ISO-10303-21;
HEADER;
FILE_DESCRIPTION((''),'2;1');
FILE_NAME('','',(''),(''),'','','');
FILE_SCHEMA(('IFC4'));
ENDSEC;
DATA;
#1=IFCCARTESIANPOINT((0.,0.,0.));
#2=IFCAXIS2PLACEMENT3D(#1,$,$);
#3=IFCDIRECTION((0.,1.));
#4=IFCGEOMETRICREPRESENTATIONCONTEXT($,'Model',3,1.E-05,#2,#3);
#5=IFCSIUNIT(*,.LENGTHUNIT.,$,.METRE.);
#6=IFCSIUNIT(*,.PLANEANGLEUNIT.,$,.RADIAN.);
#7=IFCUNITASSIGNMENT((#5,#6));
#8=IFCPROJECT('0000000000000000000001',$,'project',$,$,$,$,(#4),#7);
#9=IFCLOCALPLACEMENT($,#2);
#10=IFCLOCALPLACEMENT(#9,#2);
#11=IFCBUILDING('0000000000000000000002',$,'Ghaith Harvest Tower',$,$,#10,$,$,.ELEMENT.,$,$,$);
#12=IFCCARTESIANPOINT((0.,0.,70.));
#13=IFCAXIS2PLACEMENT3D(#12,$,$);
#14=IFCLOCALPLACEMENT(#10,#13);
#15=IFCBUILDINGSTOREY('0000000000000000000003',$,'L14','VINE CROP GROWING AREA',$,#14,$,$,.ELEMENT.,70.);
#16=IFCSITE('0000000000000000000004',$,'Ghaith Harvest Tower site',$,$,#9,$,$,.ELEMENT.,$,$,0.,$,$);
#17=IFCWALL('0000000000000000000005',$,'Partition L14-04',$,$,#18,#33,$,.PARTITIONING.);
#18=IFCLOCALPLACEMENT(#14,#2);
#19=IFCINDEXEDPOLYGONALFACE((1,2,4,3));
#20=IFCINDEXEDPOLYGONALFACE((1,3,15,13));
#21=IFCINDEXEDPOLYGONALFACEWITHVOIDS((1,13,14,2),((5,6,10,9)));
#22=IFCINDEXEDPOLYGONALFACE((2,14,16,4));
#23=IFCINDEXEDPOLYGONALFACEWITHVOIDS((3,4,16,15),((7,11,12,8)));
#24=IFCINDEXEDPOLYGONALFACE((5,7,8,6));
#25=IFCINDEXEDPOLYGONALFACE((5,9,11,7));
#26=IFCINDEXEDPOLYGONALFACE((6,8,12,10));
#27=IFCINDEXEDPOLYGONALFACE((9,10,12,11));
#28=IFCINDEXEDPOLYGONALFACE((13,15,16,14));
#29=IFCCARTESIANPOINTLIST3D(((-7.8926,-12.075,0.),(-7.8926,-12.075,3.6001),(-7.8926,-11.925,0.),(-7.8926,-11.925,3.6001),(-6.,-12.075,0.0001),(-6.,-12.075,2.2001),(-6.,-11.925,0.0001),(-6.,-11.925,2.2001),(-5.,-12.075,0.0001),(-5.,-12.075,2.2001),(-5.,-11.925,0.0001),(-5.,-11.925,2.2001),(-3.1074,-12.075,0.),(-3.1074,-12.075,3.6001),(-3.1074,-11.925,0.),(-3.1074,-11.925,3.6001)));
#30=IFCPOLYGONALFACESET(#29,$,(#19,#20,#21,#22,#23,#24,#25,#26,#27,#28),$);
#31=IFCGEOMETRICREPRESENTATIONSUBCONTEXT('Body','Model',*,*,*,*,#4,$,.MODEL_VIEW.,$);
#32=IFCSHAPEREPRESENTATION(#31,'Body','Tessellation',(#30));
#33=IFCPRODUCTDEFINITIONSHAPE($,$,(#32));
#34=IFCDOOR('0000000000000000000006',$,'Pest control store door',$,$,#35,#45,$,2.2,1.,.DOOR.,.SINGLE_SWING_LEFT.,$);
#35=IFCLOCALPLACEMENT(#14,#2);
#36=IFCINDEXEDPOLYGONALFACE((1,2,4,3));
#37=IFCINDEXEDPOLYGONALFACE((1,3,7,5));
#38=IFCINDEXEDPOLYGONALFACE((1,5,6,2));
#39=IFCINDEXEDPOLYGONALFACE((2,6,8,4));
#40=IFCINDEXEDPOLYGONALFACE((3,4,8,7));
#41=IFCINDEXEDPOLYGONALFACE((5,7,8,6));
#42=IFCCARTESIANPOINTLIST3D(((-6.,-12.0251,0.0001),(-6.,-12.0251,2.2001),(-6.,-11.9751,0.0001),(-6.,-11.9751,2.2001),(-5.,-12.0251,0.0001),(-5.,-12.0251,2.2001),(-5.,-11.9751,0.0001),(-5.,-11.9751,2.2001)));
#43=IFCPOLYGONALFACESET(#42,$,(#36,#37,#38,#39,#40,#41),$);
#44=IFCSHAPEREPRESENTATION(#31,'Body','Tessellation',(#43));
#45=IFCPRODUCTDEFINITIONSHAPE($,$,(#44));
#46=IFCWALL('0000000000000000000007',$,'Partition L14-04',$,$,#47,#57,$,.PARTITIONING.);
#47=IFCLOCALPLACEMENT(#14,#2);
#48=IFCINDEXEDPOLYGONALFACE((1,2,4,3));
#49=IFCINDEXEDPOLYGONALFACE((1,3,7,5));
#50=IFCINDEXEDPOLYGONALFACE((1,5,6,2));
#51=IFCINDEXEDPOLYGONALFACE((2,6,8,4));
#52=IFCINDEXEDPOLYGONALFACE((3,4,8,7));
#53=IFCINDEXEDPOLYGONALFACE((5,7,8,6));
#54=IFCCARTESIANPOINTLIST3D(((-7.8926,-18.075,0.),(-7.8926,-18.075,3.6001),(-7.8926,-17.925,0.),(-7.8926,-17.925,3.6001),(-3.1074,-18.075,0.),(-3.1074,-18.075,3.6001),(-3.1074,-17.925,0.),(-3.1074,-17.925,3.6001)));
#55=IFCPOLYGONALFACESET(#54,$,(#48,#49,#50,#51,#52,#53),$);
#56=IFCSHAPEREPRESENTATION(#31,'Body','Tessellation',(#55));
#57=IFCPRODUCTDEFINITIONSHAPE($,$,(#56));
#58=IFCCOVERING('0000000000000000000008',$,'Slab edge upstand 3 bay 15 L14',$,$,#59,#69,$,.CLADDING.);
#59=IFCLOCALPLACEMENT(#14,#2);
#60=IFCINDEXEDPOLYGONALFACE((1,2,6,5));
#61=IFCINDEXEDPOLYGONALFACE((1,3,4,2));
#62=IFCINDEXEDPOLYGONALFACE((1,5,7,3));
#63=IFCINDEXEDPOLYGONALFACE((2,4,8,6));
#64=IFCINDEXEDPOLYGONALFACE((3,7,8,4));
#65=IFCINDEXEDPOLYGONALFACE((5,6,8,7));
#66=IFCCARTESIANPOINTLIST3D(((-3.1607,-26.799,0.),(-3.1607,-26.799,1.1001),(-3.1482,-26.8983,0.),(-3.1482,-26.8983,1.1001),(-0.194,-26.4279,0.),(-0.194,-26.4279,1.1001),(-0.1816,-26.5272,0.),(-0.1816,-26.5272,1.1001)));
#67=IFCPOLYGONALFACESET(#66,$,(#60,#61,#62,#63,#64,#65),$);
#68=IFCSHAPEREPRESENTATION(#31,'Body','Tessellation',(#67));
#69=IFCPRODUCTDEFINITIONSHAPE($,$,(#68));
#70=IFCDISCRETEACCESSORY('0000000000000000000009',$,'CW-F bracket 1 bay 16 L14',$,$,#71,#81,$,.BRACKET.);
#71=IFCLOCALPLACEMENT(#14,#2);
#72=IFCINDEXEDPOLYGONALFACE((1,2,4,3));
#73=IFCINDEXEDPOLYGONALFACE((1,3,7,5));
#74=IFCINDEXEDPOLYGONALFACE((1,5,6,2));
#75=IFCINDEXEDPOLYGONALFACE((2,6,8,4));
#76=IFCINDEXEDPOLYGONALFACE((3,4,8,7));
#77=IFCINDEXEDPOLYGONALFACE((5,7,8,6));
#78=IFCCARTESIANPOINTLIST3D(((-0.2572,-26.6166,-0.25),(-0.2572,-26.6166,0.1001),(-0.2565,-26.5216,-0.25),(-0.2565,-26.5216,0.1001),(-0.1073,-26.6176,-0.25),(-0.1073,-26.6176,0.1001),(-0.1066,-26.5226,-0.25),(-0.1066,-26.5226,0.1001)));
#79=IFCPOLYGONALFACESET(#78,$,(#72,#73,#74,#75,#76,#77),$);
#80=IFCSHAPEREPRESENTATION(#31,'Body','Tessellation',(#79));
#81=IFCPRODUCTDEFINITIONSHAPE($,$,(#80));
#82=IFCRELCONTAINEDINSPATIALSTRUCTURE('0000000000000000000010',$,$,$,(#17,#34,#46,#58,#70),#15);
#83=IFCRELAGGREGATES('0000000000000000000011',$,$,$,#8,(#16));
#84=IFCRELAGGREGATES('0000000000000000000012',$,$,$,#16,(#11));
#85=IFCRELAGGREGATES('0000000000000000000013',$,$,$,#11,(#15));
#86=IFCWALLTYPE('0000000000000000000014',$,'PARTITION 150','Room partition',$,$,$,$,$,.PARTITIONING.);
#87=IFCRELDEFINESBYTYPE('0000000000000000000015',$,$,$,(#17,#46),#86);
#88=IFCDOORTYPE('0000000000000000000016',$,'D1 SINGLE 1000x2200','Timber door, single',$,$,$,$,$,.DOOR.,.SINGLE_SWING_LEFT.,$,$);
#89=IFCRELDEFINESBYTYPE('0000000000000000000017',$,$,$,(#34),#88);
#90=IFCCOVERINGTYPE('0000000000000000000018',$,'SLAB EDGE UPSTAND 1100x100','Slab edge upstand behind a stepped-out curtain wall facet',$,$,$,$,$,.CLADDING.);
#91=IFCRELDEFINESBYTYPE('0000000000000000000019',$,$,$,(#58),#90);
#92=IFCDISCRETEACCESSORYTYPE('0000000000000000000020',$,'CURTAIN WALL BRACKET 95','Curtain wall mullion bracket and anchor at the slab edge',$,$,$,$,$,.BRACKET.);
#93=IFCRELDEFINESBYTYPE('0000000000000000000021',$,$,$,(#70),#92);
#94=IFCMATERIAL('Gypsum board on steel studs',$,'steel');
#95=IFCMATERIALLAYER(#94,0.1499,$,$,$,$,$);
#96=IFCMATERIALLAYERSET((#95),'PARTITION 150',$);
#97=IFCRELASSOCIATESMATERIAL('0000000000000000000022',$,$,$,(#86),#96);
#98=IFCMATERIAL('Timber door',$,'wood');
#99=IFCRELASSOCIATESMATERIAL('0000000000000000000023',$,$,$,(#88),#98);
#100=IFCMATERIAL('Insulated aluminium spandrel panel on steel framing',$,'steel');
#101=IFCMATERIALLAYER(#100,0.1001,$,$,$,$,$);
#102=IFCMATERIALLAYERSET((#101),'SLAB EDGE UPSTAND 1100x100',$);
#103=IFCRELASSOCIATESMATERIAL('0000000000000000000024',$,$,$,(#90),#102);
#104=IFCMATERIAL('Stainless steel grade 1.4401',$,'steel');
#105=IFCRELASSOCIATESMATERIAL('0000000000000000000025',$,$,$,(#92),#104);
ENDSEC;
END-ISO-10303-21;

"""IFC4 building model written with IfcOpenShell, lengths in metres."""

from ifc_helpers import new_model, si_unit, direction, frame, frame_2d, origin, origin_2d, place, context, subcontext, project, spatial, rectangle, extrude, material, layer, layer_set, type_object, element, fill, save


model = new_model("IFC4")

# Units and contexts
model_context = context("Model", 3, precision=1e-05, world=origin(), true_north=direction((0.0, 1.0)))
body_context = subcontext(model_context, "Body", "Model", "MODEL_VIEW")
ifc_project = project(units=[si_unit("LENGTHUNIT", "METRE"), si_unit("PLANEANGLEUNIT", "RADIAN")], contexts=[model_context])

# Site, building, storey
site_placement = place(None, origin())
site = spatial("IfcSite", under=ifc_project, at=site_placement, Name="Ghaith Harvest Tower site", CompositionType="ELEMENT", RefElevation=0.0)
building_placement = place(site_placement, origin())
building = spatial("IfcBuilding", under=site, at=building_placement, Name="Ghaith Harvest Tower", CompositionType="ELEMENT")
storey_placement = place(building_placement, frame((0.0, 0.0, 70.0)))
storey = spatial("IfcBuildingStorey", under=building, at=storey_placement, Name="L14", Description="VINE CROP GROWING AREA", CompositionType="ELEMENT", Elevation=70.0)

# Wall, opening, door
ifc_material_1 = material(Name="Gypsum board on steel studs", Category="steel")
ifc_layer_1 = layer(ifc_material_1, 0.1499)
ifc_layer_set_1 = layer_set([ifc_layer_1], Name="PARTITION 150")
wall_type_1 = type_object("IfcWallType", Name="PARTITION 150", Description="Room partition", PredefinedType="PARTITIONING", material=ifc_layer_set_1)
wall_1_placement = place(storey_placement, frame((-7.8926, -12.0, 0.0), z_axis=(0.0, 0.0, 1.0), x_axis=(1.0, 0.0, 0.0)))
wall_1 = element("IfcWall", 1, at=wall_1_placement, inside=storey, type_object=wall_type_1, Name="Partition L14-04", PredefinedType="PARTITIONING", context=body_context, shape_type="SweptSolid", body=[
    extrude(rectangle(XDim=4.7852, YDim=0.1499, at=frame_2d((2.3926, 0.0))), origin(), (0.0, 0.0, 1.0), 3.6001),
])
opening_1_placement = place(wall_1_placement, frame((1.8926, 0.0, 0.0)))
opening_1 = element("IfcOpeningElement", 2, at=opening_1_placement, cuts=wall_1, PredefinedType="OPENING", context=body_context, shape_type="SweptSolid", body=[
    extrude(rectangle(XDim=1.0, YDim=2.2, at=frame_2d((0.5, 1.1001))), frame((0.0, 0.085, 0.0), z_axis=(0.0, -1.0, 0.0), x_axis=(1.0, 0.0, 0.0)), (0.0, 0.0, 1.0), 0.1699),
])
ifc_material_2 = material(Name="Timber door", Category="wood")
door_type_1 = type_object("IfcDoorType", Name="D1 SINGLE 1000x2200", Description="Timber door, single", OperationType="SINGLE_SWING_LEFT", PredefinedType="DOOR", material=ifc_material_2)
door_1_placement = place(opening_1_placement, origin())
door_1 = element("IfcDoor", 3, at=door_1_placement, inside=storey, type_object=door_type_1, Name="Pest control store door", OperationType="SINGLE_SWING_LEFT", OverallHeight=2.2, OverallWidth=1.0, PredefinedType="DOOR", context=body_context, shape_type="SweptSolid", body=[
    extrude(rectangle(XDim=1.0, YDim=2.2, at=frame_2d((0.5, 1.1001))), frame((0.0, 0.0249, 0.0), z_axis=(0.0, -1.0, 0.0), x_axis=(1.0, 0.0, 0.0)), (0.0, 0.0, 1.0), 0.05),
])
fill(opening_1, door_1)

# Wall
wall_2_placement = place(storey_placement, frame((-7.8926, -18.0, 0.0), z_axis=(0.0, 0.0, 1.0), x_axis=(1.0, 0.0, 0.0)))
element("IfcWall", 4, at=wall_2_placement, inside=storey, type_object=wall_type_1, Name="Partition L14-04", PredefinedType="PARTITIONING", context=body_context, shape_type="SweptSolid", body=[
    extrude(rectangle(XDim=4.7852, YDim=0.1499, at=frame_2d((2.3926, 0.0))), origin(), (0.0, 0.0, 1.0), 3.6001),
])

# Covering
ifc_material_3 = material(Name="Insulated aluminium spandrel panel on steel framing", Category="steel")
ifc_layer_2 = layer(ifc_material_3, 0.1001)
ifc_layer_set_2 = layer_set([ifc_layer_2], Name="SLAB EDGE UPSTAND 1100x100")
covering_type = type_object("IfcCoveringType", Name="SLAB EDGE UPSTAND 1100x100", Description="Slab edge upstand behind a stepped-out curtain wall facet", PredefinedType="CLADDING", material=ifc_layer_set_2)
covering_placement = place(storey_placement, frame((-1.6711, -26.6631, 0.0), z_axis=(0.0, 0.0, 1.0), x_axis=(0.992265, 0.124139, 0.0)))
element("IfcCovering", 5, at=covering_placement, inside=storey, type_object=covering_type, Name="Slab edge upstand 3 bay 15 L14", PredefinedType="CLADDING", context=body_context, shape_type="SweptSolid", body=[
    extrude(rectangle(XDim=2.9897, YDim=0.1001, at=origin_2d()), origin(), (0.0, 0.0, 1.0), 1.1001),
])

# Discrete accessory
ifc_material_4 = material(Name="Stainless steel grade 1.4401", Category="steel")
discrete_accessory_type = type_object("IfcDiscreteAccessoryType", Name="CURTAIN WALL BRACKET 95", Description="Curtain wall mullion bracket and anchor at the slab edge", PredefinedType="BRACKET", material=ifc_material_4)
discrete_accessory_placement = place(storey_placement, frame((-0.1819, -26.5696, -0.25), z_axis=(0.0, 0.0, 1.0), x_axis=(-0.006844, -0.999977, 0.0)))
element("IfcDiscreteAccessory", 6, at=discrete_accessory_placement, inside=storey, type_object=discrete_accessory_type, Name="CW-F bracket 1 bay 16 L14", PredefinedType="BRACKET", context=body_context, shape_type="SweptSolid", body=[
    extrude(rectangle(XDim=0.095, YDim=0.1499, at=origin_2d()), origin(), (0.0, 0.0, 1.0), 0.3501),
])

save(model, "model.ifc")
